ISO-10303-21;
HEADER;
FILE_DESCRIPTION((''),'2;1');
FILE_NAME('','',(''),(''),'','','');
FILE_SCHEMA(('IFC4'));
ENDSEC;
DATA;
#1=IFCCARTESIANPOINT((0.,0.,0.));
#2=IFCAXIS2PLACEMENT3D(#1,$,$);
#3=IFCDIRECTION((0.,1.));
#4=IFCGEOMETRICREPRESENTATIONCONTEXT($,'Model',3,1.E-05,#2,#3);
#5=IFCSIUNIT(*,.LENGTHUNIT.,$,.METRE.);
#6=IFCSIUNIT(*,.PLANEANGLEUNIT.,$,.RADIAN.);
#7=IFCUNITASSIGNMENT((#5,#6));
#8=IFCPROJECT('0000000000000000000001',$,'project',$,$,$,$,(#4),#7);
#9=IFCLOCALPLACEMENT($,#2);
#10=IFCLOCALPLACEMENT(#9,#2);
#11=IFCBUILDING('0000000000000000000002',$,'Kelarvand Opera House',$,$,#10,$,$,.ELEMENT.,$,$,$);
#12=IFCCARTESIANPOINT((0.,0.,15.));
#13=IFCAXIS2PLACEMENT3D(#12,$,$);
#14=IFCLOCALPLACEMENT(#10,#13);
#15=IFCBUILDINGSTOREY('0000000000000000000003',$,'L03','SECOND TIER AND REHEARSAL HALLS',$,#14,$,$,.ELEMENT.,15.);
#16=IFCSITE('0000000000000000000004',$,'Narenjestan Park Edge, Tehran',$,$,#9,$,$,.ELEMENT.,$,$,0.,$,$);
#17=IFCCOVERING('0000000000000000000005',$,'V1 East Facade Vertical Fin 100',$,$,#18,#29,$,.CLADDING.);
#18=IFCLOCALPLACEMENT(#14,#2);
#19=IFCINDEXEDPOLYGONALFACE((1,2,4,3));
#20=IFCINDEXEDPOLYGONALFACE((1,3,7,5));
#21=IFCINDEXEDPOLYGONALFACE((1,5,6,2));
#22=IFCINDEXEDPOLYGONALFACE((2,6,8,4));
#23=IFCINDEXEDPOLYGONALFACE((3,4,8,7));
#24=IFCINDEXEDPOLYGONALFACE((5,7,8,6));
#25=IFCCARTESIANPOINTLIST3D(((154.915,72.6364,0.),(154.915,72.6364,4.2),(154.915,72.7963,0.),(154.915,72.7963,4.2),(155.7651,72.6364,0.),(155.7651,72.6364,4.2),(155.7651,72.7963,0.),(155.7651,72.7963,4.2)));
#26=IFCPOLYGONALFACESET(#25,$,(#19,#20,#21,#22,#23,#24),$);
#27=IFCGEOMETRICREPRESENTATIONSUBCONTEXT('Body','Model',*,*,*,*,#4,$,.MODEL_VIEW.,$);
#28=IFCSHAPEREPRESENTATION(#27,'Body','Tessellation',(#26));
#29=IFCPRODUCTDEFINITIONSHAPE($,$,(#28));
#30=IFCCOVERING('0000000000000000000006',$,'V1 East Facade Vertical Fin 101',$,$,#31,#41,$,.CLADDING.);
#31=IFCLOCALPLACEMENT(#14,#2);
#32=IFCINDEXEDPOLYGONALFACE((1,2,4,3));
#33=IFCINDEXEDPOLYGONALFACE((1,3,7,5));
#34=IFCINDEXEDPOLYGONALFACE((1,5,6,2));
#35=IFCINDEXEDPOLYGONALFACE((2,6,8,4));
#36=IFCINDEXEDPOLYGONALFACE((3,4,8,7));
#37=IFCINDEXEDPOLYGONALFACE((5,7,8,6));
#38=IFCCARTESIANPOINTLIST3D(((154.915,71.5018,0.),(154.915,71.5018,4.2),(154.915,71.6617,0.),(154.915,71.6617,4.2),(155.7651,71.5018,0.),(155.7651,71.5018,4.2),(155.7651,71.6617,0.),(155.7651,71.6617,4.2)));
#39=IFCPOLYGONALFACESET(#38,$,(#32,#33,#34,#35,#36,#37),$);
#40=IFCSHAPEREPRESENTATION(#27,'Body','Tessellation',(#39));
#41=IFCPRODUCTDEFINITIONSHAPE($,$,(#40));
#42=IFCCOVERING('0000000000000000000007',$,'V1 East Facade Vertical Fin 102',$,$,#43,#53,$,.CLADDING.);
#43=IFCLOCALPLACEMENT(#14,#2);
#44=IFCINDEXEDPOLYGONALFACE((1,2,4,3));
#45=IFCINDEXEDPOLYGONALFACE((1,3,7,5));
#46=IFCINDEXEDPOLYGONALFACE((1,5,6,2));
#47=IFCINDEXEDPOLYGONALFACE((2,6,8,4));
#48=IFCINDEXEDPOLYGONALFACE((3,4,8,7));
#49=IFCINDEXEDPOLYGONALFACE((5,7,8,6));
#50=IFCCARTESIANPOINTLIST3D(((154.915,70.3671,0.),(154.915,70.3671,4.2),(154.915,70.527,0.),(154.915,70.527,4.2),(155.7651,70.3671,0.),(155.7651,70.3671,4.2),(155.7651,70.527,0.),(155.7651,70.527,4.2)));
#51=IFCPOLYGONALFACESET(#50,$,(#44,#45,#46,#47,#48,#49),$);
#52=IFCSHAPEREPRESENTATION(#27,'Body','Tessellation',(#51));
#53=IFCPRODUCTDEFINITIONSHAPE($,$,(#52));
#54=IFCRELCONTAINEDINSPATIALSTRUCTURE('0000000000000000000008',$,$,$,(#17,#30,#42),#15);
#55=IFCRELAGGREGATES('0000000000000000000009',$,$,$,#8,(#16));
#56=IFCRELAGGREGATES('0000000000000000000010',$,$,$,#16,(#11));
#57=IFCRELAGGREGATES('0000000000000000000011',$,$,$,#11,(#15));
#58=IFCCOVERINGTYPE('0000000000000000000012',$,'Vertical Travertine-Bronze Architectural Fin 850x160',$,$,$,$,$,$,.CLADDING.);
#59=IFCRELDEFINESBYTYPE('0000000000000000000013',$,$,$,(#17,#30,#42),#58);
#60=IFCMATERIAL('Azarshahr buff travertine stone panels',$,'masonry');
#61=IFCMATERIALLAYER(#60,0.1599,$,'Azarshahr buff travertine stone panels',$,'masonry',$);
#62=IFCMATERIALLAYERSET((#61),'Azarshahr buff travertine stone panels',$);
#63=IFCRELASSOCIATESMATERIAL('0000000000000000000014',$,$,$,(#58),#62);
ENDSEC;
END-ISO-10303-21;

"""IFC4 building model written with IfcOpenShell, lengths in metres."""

from ifc_helpers import new_model, si_unit, direction, frame, origin, origin_2d, place, context, subcontext, project, spatial, rectangle, extrude, material, layer, layer_set, type_object, element, save


model = new_model("IFC4")

# Units and contexts
model_context = context("Model", 3, precision=1e-05, world=origin(), true_north=direction((0.0, 1.0)))
body_context = subcontext(model_context, "Body", "Model", "MODEL_VIEW")
ifc_project = project(units=[si_unit("LENGTHUNIT", "METRE"), si_unit("PLANEANGLEUNIT", "RADIAN")], contexts=[model_context])

# Site, building, storey
site_placement = place(None, origin())
site = spatial("IfcSite", under=ifc_project, at=site_placement, Name="Narenjestan Park Edge, Tehran", CompositionType="ELEMENT", RefElevation=0.0)
building_placement = place(site_placement, origin())
building = spatial("IfcBuilding", under=site, at=building_placement, Name="Kelarvand Opera House", CompositionType="ELEMENT")
storey_placement = place(building_placement, frame((0.0, 0.0, 15.0)))
storey = spatial("IfcBuildingStorey", under=building, at=storey_placement, Name="L03", Description="SECOND TIER AND REHEARSAL HALLS", CompositionType="ELEMENT", Elevation=15.0)

# Coverings
ifc_material_1 = material(Name="Azarshahr buff travertine stone panels", Category="masonry")
ifc_layer_1 = layer(ifc_material_1, 0.1599, Name="Azarshahr buff travertine stone panels", Category="masonry")
ifc_layer_set_1 = layer_set([ifc_layer_1], Name="Azarshahr buff travertine stone panels")
covering_type = type_object("IfcCoveringType", Name="Vertical Travertine-Bronze Architectural Fin 850x160", PredefinedType="CLADDING", material=ifc_layer_set_1)
for number, where, z_axis, x_axis, name in (
    (1, (155.3401, 72.7163, 0.0), (0.0, 0.0, 1.0), (1.0, 0.0, 0.0), "V1 East Facade Vertical Fin 100"),
    (2, (155.3401, 71.5818, 0.0), (0.0, 0.0, 1.0), (1.0, 0.0, 0.0), "V1 East Facade Vertical Fin 101"),
    (3, (155.3401, 70.447, 0.0), (0.0, 0.0, 1.0), (1.0, 0.0, 0.0), "V1 East Facade Vertical Fin 102"),
):
    element("IfcCovering", number, at=place(storey_placement, frame(where, z_axis=z_axis, x_axis=x_axis)), inside=storey, type_object=covering_type, Name=name, PredefinedType="CLADDING", context=body_context, shape_type="SweptSolid", body=[
        extrude(rectangle(XDim=0.8501, YDim=0.1599, at=origin_2d()), origin(), (0.0, 0.0, 1.0), 4.2),
    ])

save(model, "model.ifc")
